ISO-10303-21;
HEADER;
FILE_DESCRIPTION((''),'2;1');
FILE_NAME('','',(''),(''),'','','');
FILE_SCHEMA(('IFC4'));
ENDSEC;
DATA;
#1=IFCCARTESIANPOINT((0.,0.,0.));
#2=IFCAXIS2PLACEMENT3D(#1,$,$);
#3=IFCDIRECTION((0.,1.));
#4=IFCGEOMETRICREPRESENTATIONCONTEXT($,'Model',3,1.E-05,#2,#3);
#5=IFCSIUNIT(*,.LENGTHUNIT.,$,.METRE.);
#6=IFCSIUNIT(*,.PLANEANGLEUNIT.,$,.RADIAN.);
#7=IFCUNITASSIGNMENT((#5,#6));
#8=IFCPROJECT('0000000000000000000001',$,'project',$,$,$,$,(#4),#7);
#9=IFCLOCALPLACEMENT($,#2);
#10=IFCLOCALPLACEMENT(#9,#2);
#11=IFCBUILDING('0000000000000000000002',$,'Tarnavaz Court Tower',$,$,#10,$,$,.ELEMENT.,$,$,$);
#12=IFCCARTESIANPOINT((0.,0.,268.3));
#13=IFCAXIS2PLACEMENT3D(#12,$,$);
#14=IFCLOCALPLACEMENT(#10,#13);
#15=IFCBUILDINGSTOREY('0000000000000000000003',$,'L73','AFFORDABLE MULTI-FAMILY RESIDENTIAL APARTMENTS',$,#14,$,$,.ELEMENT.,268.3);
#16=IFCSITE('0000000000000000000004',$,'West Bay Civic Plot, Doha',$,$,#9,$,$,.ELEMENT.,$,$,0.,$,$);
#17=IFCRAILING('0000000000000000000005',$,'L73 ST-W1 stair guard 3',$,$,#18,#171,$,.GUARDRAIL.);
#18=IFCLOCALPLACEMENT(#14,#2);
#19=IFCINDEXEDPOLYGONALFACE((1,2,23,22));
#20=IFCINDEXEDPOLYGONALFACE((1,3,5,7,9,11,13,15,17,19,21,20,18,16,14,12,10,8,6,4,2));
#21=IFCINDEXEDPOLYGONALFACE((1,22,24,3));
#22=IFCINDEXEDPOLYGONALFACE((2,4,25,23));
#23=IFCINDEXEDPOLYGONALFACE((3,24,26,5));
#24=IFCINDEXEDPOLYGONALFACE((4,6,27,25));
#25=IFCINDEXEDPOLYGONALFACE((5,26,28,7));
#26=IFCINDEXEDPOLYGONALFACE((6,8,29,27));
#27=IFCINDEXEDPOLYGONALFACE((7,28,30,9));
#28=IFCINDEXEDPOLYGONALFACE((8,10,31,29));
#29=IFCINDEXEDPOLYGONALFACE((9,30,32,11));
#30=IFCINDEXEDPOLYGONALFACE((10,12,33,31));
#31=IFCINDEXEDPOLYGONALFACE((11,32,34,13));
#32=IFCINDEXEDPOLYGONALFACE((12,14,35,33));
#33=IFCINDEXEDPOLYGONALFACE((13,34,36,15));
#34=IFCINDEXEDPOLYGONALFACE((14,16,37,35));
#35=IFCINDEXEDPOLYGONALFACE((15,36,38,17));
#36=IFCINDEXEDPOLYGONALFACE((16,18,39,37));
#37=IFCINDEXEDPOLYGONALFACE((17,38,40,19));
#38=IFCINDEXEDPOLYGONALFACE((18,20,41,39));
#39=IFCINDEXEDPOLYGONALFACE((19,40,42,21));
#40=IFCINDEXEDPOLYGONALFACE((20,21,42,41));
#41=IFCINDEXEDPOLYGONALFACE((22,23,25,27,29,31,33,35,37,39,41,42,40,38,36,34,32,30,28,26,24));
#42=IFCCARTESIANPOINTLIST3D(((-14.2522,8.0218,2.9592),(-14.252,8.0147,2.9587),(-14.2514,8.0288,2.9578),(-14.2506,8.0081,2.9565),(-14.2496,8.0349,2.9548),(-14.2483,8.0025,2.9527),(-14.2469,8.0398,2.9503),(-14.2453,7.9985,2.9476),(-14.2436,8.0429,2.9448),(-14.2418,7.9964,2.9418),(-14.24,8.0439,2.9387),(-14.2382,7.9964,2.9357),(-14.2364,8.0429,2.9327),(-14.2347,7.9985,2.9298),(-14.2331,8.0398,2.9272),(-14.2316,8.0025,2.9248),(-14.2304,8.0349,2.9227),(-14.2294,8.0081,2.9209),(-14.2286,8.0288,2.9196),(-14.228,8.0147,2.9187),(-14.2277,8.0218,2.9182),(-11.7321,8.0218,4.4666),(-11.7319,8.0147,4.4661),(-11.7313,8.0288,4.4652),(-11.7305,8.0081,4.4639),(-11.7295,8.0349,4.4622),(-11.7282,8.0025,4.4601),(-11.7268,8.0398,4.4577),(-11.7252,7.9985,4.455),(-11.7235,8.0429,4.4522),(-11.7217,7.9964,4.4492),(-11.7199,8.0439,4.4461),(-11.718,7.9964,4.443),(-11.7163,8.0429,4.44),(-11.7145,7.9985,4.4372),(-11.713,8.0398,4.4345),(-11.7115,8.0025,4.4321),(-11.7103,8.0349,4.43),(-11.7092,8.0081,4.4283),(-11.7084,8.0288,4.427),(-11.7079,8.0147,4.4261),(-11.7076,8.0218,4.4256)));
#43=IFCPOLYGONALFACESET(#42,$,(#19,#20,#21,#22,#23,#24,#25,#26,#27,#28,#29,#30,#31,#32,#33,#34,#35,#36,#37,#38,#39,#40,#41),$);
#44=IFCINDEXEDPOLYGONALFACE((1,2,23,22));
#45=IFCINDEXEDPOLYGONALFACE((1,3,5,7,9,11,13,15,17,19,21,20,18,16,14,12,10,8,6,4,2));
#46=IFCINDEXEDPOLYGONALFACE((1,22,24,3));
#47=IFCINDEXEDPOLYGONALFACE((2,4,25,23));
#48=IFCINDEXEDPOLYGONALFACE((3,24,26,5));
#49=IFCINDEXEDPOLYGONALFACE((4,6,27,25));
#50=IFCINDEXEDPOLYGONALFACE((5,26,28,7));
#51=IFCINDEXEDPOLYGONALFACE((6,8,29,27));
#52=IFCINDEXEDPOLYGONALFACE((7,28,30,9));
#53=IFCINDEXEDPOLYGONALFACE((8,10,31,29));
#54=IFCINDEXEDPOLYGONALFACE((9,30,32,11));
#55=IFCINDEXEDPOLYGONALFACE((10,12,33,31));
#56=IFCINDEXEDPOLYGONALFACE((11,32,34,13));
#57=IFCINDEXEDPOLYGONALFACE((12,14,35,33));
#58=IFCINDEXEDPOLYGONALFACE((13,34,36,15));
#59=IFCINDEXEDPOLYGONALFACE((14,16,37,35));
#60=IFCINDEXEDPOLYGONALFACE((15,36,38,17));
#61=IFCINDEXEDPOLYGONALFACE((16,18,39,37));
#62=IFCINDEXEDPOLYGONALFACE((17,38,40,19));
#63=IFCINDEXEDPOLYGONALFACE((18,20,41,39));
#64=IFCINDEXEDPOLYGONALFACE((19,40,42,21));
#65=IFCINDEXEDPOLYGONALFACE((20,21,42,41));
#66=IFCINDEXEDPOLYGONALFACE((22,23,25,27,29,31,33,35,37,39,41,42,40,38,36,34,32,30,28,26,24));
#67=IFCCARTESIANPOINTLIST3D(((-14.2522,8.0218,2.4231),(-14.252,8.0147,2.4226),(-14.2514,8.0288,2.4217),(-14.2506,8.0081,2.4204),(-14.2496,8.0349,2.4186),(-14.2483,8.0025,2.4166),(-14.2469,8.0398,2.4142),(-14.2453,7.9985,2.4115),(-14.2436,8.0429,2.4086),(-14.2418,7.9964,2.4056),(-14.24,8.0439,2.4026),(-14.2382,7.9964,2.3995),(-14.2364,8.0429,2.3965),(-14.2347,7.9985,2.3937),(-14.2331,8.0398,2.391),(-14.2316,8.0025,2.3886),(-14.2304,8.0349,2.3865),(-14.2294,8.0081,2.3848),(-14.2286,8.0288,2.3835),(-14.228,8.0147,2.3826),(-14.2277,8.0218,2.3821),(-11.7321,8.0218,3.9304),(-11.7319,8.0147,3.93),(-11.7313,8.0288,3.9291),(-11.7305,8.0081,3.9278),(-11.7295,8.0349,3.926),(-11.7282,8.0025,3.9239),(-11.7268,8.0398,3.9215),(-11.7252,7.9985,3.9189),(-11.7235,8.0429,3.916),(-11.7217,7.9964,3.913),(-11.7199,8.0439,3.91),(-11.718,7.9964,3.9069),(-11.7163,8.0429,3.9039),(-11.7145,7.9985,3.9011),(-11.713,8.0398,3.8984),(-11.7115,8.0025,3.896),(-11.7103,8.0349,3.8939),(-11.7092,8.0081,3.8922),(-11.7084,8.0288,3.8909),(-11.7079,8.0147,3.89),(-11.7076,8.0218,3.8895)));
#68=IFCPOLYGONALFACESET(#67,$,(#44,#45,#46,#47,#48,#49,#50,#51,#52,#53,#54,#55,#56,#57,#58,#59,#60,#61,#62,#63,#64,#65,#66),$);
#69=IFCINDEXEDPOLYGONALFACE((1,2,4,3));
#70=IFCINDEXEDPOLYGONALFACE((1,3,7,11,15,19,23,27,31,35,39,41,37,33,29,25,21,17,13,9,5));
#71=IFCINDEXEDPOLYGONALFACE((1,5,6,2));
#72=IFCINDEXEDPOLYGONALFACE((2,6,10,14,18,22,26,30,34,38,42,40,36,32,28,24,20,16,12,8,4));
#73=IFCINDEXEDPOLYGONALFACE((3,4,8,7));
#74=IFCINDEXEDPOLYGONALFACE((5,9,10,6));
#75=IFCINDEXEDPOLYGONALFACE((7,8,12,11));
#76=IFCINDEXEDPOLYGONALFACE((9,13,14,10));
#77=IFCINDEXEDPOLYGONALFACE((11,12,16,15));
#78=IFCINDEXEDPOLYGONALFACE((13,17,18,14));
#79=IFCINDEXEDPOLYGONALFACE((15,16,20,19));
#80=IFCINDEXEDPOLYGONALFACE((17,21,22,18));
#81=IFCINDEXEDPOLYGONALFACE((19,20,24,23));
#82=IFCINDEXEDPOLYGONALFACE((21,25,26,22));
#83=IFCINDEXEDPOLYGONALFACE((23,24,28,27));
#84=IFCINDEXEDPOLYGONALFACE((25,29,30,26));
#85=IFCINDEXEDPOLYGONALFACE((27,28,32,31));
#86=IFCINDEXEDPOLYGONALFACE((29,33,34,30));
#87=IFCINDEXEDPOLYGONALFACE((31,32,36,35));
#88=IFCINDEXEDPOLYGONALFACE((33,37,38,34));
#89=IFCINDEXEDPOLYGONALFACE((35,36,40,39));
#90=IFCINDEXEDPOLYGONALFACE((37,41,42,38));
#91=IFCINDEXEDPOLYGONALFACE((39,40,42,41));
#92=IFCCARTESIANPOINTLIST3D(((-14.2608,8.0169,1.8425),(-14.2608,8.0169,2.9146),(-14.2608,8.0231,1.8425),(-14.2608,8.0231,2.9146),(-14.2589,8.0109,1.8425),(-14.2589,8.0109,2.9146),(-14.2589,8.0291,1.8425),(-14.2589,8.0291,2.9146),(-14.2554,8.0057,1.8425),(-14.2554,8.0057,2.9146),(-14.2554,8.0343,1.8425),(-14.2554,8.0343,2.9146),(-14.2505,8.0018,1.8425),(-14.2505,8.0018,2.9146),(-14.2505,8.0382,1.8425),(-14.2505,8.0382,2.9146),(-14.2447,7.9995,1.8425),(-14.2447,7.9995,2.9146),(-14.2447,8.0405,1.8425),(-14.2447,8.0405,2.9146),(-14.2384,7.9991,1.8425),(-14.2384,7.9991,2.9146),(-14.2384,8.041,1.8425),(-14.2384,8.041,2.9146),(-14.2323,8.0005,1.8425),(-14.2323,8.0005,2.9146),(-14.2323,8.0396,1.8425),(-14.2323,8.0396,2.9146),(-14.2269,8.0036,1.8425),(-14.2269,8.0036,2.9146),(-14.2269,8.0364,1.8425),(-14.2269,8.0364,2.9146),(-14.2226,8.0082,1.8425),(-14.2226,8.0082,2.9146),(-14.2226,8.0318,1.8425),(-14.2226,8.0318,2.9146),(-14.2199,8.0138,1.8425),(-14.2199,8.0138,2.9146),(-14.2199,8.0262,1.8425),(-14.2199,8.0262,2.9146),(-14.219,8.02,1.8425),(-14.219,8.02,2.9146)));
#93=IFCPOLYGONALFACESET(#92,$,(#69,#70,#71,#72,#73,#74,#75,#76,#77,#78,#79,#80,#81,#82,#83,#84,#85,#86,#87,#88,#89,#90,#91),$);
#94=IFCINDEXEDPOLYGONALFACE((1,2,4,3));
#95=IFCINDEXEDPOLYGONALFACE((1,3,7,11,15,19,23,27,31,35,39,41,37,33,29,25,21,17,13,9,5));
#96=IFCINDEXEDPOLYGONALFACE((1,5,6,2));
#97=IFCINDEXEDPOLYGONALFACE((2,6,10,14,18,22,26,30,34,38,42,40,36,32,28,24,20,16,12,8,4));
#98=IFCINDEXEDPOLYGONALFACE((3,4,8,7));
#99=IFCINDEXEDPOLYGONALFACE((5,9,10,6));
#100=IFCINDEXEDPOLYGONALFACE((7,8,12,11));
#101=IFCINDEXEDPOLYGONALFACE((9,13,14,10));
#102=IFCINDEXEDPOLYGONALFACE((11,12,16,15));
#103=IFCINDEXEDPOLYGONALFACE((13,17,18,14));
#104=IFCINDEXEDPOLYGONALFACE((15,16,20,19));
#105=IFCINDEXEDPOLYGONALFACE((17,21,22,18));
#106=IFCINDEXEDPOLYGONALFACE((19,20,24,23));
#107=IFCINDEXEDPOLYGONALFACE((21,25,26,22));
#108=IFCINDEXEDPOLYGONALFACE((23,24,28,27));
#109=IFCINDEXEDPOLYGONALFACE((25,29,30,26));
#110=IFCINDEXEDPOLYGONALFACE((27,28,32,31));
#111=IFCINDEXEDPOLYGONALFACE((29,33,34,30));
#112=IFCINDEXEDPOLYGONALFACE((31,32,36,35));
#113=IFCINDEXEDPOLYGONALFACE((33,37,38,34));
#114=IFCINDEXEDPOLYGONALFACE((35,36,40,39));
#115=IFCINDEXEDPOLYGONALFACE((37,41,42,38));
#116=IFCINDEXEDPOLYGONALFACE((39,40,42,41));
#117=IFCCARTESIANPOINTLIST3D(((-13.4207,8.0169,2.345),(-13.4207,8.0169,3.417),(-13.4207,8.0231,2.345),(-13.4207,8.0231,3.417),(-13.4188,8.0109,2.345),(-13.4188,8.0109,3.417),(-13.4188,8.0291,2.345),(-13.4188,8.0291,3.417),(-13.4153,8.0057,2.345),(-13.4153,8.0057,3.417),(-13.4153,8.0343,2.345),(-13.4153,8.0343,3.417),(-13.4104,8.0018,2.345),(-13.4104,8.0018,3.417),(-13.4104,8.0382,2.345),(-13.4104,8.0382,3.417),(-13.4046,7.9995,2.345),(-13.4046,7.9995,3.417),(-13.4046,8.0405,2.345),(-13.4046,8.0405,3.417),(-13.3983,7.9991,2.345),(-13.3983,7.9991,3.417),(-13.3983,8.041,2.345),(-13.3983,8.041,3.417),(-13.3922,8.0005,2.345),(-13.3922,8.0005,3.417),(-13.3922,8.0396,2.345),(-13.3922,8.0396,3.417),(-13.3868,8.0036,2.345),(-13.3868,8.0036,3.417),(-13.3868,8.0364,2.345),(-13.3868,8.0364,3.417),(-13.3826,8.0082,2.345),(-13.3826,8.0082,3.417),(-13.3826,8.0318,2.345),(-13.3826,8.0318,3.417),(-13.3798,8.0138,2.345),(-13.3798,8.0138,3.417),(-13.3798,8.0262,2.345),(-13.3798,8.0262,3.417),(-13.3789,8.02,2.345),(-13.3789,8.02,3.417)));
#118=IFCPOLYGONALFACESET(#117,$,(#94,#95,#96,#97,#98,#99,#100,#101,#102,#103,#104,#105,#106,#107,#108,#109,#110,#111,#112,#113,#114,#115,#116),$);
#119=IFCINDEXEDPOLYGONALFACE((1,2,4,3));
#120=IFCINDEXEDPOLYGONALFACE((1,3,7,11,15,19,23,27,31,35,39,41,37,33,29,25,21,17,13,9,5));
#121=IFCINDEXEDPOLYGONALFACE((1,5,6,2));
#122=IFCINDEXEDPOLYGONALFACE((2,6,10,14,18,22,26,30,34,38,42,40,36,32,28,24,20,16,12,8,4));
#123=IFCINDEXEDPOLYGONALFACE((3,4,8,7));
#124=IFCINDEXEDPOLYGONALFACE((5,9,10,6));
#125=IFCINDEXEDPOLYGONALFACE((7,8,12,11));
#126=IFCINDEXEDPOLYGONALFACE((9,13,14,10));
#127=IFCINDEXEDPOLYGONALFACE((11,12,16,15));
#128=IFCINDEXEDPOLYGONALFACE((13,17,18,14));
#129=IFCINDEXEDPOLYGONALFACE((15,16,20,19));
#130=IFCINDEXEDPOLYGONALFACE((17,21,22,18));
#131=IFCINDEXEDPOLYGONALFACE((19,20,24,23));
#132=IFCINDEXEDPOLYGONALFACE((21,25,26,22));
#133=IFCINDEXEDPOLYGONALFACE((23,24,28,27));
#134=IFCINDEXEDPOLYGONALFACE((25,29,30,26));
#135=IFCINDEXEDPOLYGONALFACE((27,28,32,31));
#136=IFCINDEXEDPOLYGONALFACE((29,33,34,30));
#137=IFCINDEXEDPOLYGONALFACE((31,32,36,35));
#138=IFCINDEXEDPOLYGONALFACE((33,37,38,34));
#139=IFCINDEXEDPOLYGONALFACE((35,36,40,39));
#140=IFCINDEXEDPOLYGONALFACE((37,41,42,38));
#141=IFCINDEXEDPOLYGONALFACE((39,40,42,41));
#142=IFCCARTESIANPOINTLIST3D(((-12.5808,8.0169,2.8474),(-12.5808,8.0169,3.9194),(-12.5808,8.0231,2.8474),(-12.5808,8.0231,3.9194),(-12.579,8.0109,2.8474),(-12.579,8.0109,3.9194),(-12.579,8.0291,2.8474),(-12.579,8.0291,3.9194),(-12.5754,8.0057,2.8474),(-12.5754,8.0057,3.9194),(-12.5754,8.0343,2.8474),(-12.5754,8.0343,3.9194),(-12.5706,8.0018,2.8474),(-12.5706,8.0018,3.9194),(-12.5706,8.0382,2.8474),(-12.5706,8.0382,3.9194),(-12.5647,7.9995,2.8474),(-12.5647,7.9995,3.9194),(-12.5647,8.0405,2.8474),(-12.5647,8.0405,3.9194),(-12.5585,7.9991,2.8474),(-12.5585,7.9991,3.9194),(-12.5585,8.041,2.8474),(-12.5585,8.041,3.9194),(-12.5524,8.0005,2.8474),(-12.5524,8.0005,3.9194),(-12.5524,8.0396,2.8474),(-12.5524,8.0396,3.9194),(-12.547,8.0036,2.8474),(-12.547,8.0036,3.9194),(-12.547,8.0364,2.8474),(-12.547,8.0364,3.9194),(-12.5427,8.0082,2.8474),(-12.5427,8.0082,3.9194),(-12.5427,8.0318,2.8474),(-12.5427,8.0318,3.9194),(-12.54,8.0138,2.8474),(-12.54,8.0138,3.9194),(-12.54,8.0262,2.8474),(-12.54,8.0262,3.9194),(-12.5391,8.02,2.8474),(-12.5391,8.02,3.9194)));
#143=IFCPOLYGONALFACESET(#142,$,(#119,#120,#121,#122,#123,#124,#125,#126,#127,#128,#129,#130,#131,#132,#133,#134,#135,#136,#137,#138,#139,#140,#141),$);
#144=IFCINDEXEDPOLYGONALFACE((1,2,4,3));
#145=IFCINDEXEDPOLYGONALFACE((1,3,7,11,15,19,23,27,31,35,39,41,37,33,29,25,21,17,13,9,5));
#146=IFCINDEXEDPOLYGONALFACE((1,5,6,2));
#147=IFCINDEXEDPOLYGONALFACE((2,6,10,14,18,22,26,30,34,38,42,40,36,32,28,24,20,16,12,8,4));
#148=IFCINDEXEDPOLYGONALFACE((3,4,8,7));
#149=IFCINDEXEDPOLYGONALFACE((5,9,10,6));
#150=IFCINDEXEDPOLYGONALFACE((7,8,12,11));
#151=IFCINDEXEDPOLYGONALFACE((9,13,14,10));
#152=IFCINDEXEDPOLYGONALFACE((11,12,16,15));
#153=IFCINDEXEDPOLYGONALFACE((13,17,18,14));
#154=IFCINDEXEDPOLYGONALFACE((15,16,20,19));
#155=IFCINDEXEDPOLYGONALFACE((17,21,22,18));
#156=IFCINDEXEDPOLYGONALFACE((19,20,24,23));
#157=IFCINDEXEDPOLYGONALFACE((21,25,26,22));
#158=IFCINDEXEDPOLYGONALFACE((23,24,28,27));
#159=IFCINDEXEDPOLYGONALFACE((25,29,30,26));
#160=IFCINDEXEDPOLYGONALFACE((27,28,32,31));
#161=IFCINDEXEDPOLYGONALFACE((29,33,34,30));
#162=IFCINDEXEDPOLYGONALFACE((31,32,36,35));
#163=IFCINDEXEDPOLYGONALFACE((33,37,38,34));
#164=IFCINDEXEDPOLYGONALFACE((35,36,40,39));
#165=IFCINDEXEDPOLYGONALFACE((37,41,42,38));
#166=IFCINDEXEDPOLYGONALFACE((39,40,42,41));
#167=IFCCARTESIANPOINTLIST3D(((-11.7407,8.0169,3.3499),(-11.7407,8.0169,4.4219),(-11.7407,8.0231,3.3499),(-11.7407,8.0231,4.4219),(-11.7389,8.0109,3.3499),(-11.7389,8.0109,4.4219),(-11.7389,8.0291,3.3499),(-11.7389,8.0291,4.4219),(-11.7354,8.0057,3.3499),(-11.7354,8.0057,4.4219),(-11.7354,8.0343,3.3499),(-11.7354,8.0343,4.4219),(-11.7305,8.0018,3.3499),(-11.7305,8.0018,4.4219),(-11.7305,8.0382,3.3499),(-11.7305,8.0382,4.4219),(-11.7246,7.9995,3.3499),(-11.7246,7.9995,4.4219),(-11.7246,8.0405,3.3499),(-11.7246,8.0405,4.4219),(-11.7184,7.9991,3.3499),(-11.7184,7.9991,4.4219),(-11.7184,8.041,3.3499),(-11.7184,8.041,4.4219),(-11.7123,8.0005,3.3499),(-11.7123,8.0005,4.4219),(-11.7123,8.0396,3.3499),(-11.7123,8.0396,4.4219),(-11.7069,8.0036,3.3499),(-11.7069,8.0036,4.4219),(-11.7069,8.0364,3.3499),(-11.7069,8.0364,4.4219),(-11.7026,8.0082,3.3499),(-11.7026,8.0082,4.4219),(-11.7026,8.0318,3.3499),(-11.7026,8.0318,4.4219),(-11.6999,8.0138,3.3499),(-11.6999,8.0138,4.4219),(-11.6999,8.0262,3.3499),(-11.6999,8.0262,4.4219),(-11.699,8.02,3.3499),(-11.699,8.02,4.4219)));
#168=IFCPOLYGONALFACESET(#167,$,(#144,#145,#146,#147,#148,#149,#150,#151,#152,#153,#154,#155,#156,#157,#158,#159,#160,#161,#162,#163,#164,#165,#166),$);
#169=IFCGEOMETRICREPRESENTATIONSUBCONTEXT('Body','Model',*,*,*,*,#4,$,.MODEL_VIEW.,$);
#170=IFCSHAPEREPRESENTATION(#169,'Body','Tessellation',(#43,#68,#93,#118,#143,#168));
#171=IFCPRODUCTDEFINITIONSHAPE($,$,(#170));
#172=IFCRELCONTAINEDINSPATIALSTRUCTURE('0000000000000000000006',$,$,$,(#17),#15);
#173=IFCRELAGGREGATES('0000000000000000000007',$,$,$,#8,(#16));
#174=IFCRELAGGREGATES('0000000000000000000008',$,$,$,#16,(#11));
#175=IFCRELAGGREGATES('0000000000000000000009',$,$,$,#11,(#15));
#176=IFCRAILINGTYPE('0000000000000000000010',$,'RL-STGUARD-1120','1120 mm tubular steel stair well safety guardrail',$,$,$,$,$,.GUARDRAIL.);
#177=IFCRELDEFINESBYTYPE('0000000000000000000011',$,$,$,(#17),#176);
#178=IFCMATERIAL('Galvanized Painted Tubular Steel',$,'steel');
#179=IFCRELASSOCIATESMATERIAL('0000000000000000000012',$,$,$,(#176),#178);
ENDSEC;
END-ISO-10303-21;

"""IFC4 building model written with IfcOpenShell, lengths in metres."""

from ifc_helpers import new_model, si_unit, direction, frame, origin, origin_2d, place, context, subcontext, project, spatial, circle, extrude, material, type_object, element, save


model = new_model("IFC4")

# Units and contexts
model_context = context("Model", 3, precision=1e-05, world=origin(), true_north=direction((0.0, 1.0)))
body_context = subcontext(model_context, "Body", "Model", "MODEL_VIEW")
ifc_project = project(units=[si_unit("LENGTHUNIT", "METRE"), si_unit("PLANEANGLEUNIT", "RADIAN")], contexts=[model_context])

# Site, building, storey
site_placement = place(None, origin())
site = spatial("IfcSite", under=ifc_project, at=site_placement, Name="West Bay Civic Plot, Doha", CompositionType="ELEMENT", RefElevation=0.0)
building_placement = place(site_placement, origin())
building = spatial("IfcBuilding", under=site, at=building_placement, Name="Tarnavaz Court Tower", CompositionType="ELEMENT")
storey_placement = place(building_placement, frame((0.0, 0.0, 268.3)))
storey = spatial("IfcBuildingStorey", under=building, at=storey_placement, Name="L73", Description="AFFORDABLE MULTI-FAMILY RESIDENTIAL APARTMENTS", CompositionType="ELEMENT", Elevation=268.3)

# Railing
ifc_material_1 = material(Name="Galvanized Painted Tubular Steel", Category="steel")
railing_type_1 = type_object("IfcRailingType", Name="RL-STGUARD-1120", Description="1120 mm tubular steel stair well safety guardrail", PredefinedType="GUARDRAIL", material=ifc_material_1)
railing_1_placement = place(storey_placement, frame((-14.24, 8.02, 1.8425)))
element("IfcRailing", 1, at=railing_1_placement, inside=storey, type_object=railing_type_1, Name="L73 ST-W1 stair guard 3", PredefinedType="GUARDRAIL", context=body_context, shape_type="SweptSolid", body=[
    extrude(circle(Radius=0.0239, at=origin_2d()), frame((0.0, 0.0, 1.0962), z_axis=(0.858196, 0.0, 0.513321), x_axis=(0.0, 1.0, 0.0)), (0.0, 0.0, 1.0), 2.9365),
    extrude(circle(Radius=0.0239, at=origin_2d()), frame((0.0, 0.0, 0.5601), z_axis=(0.858196, 0.0, 0.513321), x_axis=(0.0, 1.0, 0.0)), (0.0, 0.0, 1.0), 2.9365),
    extrude(circle(Radius=0.021, at=origin_2d()), origin(), (0.0, 0.0, 1.0), 1.072),
    extrude(circle(Radius=0.021, at=origin_2d()), frame((0.8401, 0.0, 0.5024)), (0.0, 0.0, 1.0), 1.072),
    extrude(circle(Radius=0.021, at=origin_2d()), frame((1.6799, 0.0, 1.0049)), (0.0, 0.0, 1.0), 1.072),
    extrude(circle(Radius=0.021, at=origin_2d()), frame((2.52, 0.0, 1.5073)), (0.0, 0.0, 1.0), 1.072),
])

save(model, "model.ifc")
